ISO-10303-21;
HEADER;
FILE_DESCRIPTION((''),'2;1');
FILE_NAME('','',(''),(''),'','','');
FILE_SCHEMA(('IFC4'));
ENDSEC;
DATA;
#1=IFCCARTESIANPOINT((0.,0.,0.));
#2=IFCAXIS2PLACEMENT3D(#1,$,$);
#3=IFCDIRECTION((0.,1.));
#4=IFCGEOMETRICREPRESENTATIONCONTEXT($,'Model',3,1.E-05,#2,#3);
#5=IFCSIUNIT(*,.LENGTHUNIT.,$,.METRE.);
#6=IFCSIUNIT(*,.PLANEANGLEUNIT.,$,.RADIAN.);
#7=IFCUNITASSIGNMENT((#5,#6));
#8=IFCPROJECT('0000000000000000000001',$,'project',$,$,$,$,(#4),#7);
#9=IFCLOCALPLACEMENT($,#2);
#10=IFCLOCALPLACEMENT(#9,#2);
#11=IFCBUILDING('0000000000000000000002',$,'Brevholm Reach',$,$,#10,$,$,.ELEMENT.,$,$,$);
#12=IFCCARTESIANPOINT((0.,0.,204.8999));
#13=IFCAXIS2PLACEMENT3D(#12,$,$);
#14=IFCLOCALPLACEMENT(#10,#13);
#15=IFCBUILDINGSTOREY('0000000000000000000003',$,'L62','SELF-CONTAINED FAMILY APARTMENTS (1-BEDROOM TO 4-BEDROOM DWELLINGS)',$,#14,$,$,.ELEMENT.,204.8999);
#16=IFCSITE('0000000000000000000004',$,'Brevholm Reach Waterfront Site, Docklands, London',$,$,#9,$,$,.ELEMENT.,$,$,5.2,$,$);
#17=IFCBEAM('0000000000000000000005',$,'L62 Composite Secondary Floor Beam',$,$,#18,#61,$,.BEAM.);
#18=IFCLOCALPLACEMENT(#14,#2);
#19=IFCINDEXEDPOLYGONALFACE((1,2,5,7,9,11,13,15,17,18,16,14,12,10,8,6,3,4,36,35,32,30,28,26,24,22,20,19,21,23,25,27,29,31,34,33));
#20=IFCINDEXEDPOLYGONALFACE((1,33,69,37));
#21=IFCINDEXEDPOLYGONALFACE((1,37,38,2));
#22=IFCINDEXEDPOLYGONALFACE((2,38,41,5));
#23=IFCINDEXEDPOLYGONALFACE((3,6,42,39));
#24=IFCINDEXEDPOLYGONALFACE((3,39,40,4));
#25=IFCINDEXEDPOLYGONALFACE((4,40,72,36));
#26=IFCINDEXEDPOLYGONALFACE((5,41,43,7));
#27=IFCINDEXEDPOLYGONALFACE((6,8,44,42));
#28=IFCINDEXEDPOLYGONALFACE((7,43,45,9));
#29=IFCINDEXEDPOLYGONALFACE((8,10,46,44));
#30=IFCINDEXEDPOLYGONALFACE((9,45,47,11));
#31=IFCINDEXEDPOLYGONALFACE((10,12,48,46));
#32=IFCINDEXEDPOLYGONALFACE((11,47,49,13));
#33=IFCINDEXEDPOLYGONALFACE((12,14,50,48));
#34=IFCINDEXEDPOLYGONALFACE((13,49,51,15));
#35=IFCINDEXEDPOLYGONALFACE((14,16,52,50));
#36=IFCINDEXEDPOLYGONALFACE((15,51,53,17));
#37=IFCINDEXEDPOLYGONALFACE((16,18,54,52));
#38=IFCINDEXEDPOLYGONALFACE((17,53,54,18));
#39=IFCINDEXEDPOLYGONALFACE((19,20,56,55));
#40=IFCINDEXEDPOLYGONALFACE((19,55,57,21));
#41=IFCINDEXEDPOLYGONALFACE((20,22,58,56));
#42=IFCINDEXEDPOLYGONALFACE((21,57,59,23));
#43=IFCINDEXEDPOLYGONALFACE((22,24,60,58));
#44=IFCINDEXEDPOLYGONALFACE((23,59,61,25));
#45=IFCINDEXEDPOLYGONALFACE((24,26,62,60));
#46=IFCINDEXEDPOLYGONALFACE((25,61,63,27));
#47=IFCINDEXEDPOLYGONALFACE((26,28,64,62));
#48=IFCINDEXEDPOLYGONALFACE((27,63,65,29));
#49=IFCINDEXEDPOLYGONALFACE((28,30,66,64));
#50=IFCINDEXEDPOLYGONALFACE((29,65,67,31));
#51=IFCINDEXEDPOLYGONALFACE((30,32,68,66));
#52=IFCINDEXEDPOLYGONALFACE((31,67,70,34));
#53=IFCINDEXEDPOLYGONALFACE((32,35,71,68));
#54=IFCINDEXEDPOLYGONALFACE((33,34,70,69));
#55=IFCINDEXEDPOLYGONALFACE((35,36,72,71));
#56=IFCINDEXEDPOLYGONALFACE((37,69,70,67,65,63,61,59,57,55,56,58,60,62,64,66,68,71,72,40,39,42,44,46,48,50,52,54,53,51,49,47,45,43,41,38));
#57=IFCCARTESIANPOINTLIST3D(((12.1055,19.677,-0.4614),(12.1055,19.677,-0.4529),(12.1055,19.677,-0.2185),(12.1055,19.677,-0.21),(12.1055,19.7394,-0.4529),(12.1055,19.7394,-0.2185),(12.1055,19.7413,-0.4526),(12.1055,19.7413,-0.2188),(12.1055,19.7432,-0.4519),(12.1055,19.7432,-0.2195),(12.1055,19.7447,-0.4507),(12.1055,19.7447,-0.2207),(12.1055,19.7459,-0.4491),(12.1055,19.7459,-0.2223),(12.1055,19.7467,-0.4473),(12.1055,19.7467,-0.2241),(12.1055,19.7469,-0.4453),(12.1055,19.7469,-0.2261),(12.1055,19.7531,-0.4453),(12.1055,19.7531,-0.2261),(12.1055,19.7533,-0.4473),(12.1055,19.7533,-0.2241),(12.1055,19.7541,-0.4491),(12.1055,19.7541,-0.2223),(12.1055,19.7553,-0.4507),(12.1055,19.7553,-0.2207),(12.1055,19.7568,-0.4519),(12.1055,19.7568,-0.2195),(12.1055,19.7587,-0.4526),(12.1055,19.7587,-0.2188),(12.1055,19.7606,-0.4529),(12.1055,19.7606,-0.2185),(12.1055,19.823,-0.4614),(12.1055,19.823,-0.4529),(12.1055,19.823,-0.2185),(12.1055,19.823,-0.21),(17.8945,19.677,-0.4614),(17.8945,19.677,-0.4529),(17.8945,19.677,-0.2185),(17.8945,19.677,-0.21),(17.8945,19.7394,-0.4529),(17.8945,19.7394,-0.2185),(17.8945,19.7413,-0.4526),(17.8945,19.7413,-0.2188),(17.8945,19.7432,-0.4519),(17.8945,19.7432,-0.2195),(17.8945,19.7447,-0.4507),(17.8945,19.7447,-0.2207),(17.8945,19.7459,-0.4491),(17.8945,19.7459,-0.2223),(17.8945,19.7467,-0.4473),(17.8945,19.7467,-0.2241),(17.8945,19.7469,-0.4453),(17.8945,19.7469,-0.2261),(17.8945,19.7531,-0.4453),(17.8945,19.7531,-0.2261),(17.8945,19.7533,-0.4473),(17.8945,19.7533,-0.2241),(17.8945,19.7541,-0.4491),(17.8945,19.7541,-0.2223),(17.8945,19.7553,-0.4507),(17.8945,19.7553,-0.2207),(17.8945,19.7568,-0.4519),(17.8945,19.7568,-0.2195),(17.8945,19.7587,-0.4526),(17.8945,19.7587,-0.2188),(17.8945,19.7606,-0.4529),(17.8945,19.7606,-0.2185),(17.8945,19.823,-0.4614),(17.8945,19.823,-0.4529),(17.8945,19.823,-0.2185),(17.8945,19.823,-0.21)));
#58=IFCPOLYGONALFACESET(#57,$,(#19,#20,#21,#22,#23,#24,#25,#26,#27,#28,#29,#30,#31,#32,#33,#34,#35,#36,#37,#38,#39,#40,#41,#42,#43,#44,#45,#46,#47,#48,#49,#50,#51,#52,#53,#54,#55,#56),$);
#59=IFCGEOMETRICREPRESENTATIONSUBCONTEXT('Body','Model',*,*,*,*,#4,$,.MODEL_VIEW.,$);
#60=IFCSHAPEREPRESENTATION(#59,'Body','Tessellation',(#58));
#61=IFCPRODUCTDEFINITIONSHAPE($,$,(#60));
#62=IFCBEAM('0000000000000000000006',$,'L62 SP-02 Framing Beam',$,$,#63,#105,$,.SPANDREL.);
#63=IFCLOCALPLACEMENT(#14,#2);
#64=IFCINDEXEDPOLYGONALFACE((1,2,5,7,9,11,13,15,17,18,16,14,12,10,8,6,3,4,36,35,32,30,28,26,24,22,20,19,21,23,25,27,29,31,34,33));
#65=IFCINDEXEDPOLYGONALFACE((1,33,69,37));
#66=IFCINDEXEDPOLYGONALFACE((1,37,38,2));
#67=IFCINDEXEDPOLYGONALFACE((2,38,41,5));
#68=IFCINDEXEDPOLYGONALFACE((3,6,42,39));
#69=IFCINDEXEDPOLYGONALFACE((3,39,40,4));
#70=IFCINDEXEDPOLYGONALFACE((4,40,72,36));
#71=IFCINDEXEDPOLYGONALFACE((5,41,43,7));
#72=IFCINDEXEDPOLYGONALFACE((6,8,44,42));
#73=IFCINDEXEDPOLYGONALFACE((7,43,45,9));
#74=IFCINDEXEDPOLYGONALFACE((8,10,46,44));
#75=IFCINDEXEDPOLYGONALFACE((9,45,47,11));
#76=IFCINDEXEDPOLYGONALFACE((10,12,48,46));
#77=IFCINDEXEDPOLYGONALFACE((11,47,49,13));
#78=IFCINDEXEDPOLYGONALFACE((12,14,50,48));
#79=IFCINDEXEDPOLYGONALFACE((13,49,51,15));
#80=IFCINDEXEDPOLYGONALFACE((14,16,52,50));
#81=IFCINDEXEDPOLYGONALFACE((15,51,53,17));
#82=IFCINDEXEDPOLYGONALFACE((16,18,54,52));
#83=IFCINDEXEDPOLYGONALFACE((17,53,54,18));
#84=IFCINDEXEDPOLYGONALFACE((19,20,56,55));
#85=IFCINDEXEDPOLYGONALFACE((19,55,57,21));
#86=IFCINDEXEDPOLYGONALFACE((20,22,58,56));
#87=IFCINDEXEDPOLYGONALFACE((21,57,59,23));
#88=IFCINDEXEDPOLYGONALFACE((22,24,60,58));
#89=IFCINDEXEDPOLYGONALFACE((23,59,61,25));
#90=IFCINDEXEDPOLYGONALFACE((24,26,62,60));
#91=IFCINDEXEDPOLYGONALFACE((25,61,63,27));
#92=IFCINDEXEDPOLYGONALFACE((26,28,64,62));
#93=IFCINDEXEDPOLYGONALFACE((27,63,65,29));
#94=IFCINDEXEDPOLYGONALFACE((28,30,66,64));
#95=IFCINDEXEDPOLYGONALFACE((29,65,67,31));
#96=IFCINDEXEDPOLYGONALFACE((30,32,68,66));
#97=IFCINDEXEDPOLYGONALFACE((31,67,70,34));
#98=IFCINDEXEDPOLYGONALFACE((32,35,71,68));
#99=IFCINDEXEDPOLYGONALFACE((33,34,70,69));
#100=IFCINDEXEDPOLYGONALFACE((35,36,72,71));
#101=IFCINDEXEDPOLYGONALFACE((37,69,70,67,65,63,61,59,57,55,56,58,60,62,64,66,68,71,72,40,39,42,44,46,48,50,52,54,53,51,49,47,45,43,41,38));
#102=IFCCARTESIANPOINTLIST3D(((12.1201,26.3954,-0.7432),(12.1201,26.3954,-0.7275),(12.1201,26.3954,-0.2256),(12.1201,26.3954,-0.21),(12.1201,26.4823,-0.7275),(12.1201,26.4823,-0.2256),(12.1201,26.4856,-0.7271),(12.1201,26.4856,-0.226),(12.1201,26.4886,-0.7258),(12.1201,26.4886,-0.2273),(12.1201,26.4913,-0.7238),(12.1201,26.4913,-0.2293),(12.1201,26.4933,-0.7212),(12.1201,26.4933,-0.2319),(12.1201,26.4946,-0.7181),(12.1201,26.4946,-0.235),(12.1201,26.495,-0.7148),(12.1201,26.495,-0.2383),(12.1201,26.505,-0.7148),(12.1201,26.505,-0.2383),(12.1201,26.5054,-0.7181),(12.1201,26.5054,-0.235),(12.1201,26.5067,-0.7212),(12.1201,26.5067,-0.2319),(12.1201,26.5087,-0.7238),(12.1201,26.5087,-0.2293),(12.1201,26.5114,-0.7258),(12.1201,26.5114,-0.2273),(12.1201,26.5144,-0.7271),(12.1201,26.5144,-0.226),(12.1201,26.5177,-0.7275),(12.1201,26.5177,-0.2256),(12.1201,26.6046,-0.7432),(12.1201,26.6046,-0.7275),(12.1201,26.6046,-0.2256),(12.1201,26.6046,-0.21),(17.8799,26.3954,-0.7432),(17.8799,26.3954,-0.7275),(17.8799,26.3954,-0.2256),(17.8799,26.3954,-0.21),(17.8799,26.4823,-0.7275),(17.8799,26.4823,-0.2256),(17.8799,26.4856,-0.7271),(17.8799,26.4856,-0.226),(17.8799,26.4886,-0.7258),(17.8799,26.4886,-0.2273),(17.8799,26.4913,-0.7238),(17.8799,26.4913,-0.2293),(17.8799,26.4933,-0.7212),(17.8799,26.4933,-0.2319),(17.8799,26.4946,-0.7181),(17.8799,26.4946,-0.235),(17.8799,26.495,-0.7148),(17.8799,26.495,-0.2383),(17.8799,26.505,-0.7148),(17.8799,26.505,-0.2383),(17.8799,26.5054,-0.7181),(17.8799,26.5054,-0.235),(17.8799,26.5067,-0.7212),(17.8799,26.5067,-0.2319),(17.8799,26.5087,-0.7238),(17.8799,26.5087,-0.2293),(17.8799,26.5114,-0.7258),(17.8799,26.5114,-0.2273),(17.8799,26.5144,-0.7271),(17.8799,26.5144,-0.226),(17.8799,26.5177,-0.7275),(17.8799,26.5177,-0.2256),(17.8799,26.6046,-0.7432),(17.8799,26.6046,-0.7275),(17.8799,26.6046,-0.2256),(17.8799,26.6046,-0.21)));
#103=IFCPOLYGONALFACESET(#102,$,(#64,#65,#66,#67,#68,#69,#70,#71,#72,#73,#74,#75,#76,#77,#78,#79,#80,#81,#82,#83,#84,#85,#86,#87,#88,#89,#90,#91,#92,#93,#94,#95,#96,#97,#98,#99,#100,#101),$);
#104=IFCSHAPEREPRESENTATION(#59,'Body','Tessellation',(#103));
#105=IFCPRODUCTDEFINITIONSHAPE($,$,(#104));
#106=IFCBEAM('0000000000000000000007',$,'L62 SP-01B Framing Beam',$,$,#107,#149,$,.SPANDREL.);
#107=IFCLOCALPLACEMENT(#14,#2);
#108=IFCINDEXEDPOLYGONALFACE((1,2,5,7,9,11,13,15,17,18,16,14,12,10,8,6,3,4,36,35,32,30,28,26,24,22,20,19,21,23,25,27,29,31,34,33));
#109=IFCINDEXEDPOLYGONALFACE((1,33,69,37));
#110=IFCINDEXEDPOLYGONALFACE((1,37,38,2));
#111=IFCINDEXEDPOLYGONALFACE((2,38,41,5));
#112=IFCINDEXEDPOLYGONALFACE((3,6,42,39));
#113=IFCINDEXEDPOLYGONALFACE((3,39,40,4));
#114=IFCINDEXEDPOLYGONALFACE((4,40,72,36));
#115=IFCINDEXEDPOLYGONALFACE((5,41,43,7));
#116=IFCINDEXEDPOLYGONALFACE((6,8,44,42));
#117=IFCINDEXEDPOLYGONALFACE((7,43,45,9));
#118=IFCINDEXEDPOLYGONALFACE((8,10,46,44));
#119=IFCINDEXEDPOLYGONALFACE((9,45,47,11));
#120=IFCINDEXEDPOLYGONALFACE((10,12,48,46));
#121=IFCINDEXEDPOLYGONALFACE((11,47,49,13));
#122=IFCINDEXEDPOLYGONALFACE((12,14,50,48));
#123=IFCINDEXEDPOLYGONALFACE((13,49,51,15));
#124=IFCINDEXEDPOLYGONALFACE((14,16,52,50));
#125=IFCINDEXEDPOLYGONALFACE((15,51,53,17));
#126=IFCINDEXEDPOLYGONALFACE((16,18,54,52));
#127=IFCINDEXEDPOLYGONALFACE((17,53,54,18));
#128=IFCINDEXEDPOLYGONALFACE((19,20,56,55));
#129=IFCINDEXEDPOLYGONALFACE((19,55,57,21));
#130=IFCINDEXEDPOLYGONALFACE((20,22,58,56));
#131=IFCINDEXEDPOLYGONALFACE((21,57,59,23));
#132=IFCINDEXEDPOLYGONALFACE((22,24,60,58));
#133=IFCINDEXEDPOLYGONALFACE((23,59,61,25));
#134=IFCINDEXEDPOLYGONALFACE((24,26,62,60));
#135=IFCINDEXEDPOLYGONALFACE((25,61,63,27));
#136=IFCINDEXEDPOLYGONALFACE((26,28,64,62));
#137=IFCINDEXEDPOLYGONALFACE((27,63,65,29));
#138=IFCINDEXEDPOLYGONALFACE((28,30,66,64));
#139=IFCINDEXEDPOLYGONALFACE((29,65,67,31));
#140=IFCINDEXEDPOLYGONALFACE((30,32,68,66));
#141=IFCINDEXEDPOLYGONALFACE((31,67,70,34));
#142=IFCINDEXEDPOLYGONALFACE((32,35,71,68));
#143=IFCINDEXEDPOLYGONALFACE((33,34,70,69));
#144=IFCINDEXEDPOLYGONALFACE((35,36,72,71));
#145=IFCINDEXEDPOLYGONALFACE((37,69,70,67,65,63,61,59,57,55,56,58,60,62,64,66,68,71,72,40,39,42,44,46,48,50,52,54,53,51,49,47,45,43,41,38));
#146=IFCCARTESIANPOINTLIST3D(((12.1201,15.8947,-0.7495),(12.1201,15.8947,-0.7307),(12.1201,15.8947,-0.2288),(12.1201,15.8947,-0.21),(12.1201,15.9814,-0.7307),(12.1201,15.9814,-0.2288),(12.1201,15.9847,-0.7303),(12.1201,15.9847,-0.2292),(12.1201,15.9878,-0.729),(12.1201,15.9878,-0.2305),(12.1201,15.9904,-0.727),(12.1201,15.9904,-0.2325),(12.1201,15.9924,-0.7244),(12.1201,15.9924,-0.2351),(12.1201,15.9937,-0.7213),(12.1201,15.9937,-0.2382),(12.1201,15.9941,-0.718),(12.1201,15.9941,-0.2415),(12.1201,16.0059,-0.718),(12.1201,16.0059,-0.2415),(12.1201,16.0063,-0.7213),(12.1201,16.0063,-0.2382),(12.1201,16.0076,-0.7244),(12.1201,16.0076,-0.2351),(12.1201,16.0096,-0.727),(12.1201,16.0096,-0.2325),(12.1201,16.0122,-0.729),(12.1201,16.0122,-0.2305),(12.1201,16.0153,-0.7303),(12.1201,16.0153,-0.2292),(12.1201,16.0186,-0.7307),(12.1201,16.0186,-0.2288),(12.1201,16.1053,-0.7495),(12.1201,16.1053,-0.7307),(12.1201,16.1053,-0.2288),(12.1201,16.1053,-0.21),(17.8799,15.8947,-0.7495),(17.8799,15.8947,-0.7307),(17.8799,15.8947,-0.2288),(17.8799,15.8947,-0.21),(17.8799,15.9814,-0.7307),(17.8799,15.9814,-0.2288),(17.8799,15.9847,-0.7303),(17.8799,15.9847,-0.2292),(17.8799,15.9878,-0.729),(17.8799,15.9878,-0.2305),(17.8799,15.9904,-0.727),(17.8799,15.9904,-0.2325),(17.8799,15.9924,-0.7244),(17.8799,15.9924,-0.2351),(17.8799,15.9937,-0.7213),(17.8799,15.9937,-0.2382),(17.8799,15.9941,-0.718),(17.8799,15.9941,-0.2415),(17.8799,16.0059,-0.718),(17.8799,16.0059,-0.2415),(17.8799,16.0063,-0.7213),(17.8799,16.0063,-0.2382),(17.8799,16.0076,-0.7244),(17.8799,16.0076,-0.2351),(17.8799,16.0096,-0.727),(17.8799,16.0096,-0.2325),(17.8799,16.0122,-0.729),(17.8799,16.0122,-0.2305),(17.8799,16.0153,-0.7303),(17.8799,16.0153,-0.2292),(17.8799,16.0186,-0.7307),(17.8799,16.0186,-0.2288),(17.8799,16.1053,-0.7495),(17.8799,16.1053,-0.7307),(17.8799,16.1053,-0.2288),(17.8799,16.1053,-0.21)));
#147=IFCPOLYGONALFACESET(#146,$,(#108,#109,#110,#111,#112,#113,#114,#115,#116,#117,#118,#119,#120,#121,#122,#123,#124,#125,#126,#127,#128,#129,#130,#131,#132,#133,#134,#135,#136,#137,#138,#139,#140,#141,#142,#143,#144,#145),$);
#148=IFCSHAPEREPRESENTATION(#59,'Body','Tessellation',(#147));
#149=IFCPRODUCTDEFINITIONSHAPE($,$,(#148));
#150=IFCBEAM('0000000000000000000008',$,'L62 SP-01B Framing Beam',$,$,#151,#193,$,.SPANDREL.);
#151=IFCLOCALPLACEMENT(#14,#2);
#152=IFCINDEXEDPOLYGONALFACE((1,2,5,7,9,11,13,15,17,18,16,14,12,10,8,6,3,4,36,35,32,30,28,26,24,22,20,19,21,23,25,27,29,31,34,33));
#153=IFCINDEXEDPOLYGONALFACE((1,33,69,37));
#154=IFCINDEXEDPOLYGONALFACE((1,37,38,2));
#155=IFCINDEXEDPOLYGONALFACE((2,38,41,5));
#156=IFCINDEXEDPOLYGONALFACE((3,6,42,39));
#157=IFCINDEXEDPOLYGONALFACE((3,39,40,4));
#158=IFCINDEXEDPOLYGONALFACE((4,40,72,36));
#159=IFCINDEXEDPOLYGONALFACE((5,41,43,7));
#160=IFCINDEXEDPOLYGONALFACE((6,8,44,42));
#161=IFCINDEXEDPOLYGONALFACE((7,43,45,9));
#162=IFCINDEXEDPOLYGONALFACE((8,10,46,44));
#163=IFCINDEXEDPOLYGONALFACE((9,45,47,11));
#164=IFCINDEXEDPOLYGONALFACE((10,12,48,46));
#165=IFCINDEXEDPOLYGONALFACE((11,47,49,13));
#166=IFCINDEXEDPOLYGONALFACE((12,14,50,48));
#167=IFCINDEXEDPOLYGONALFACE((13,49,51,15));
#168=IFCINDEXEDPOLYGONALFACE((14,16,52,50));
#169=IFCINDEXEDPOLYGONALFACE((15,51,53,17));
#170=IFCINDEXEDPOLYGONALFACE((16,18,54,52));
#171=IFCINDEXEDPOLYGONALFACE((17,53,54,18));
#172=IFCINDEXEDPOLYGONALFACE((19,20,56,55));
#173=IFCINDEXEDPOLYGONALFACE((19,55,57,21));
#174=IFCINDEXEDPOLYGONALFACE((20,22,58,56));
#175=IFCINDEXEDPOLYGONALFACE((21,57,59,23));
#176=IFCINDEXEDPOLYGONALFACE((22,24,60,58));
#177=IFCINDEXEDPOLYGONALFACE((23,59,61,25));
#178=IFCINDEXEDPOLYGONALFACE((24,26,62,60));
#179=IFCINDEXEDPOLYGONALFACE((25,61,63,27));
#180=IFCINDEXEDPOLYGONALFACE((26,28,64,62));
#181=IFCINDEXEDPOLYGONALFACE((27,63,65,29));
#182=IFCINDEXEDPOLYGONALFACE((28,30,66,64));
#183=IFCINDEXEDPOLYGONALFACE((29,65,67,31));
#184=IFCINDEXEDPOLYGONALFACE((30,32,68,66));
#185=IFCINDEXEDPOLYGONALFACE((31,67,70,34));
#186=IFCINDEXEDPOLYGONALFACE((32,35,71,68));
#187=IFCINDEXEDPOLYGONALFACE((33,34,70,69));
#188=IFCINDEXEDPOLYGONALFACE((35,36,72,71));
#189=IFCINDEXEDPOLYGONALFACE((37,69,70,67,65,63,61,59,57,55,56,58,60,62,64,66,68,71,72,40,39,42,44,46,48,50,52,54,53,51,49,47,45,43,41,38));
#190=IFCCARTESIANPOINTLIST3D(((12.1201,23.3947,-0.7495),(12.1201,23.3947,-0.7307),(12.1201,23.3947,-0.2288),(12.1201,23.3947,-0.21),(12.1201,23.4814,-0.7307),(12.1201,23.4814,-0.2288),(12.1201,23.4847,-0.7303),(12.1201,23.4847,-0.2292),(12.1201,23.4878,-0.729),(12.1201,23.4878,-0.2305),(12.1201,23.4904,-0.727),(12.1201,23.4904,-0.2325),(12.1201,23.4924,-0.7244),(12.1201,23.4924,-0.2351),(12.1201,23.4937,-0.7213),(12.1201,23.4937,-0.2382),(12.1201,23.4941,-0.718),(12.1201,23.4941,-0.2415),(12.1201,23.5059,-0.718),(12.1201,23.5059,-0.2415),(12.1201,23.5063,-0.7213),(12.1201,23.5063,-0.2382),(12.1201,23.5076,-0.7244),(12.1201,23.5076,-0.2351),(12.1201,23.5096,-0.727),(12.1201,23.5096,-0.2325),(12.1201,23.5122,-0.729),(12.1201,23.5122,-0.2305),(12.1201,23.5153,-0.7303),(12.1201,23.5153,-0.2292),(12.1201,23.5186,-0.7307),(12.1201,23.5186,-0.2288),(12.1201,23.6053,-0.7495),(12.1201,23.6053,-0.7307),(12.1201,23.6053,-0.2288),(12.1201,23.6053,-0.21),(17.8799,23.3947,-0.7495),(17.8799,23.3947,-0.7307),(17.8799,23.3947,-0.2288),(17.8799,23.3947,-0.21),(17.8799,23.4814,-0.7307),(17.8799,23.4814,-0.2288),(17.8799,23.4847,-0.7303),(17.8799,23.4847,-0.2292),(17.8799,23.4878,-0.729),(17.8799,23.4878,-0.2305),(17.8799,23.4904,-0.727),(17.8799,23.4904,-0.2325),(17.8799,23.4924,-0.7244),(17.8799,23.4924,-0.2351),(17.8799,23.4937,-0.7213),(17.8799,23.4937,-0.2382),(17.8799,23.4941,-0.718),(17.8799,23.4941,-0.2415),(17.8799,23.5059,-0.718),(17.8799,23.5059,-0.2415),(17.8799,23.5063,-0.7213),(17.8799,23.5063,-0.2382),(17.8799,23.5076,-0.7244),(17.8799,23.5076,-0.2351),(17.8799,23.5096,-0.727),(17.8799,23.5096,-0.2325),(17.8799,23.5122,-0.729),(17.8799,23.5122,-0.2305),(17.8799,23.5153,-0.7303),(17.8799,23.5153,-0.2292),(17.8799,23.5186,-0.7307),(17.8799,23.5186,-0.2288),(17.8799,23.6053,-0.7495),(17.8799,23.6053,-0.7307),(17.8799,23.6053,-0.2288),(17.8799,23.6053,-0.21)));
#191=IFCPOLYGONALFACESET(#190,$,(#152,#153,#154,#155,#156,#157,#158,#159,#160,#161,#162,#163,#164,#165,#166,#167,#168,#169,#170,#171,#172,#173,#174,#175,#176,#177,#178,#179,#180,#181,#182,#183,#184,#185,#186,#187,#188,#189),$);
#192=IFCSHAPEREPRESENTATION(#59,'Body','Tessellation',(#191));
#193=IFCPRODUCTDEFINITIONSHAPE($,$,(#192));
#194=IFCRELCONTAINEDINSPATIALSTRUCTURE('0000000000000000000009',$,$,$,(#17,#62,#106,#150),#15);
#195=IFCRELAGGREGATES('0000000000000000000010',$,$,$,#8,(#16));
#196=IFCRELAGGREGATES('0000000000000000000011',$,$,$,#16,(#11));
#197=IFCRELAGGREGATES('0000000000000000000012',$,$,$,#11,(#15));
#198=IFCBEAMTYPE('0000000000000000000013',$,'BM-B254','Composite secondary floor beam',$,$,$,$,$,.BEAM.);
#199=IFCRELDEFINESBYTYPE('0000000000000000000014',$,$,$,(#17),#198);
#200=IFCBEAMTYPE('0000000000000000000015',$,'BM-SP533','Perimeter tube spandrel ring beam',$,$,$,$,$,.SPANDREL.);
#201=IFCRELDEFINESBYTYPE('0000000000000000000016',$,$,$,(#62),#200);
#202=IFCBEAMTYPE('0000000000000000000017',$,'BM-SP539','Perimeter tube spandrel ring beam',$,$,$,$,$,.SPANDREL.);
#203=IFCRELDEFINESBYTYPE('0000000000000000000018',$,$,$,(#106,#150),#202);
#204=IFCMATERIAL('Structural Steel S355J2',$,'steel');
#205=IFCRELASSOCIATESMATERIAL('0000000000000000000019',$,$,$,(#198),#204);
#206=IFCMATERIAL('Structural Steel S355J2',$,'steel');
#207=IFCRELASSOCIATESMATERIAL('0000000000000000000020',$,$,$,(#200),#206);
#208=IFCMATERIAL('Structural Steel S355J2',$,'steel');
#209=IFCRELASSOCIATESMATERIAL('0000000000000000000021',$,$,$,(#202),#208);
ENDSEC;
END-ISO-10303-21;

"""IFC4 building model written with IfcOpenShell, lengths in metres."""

from ifc_helpers import new_model, si_unit, direction, frame, origin, origin_2d, place, context, subcontext, project, spatial, i_section, extrude, material, material_profile, profile_set, type_object, element, save


model = new_model("IFC4")

# Units and contexts
model_context = context("Model", 3, precision=1e-05, world=origin(), true_north=direction((0.0, 1.0)))
body_context = subcontext(model_context, "Body", "Model", "MODEL_VIEW")
ifc_project = project(units=[si_unit("LENGTHUNIT", "METRE"), si_unit("PLANEANGLEUNIT", "RADIAN")], contexts=[model_context])

# Site, building, storey
site_placement = place(None, origin())
site = spatial("IfcSite", under=ifc_project, at=site_placement, Name="Brevholm Reach Waterfront Site, Docklands, London", CompositionType="ELEMENT", RefElevation=5.2)
building_placement = place(site_placement, origin())
building = spatial("IfcBuilding", under=site, at=building_placement, Name="Brevholm Reach", CompositionType="ELEMENT")
storey_placement = place(building_placement, frame((0.0, 0.0, 204.8999)))
storey = spatial("IfcBuildingStorey", under=building, at=storey_placement, Name="L62", Description="SELF-CONTAINED FAMILY APARTMENTS (1-BEDROOM TO 4-BEDROOM DWELLINGS)", CompositionType="ELEMENT", Elevation=204.8999)

# Beams
ifc_material_1 = material(Name="Structural Steel S355J2", Category="steel")
ifc_material_profile_1 = material_profile(ifc_material_1, i_section(OverallWidth=0.146, OverallDepth=0.2515, WebThickness=0.0061, FlangeThickness=0.0085, FilletRadius=0.0076, at=origin_2d()), Name="UKB 254x146x31")
ifc_profile_set_1 = profile_set([ifc_material_profile_1], Name="Structural Steel S355J2")
beam_type_1 = type_object("IfcBeamType", Name="BM-B254", Description="Composite secondary floor beam", PredefinedType="BEAM", material=ifc_profile_set_1)
beam_1_placement = place(storey_placement, frame((12.1055, 19.75, -0.3357), z_axis=(1.0, 0.0, 0.0), x_axis=(0.0, 1.0, 0.0)))
element("IfcBeam", 1, at=beam_1_placement, inside=storey, type_object=beam_type_1, Name="L62 Composite Secondary Floor Beam", PredefinedType="BEAM", context=body_context, shape_type="SweptSolid", body=[
    extrude(i_section(OverallWidth=0.146, OverallDepth=0.2515, WebThickness=0.0061, FlangeThickness=0.0085, FilletRadius=0.0076, at=origin_2d()), origin(), (0.0, 0.0, 1.0), 5.7891),
])
ifc_material_2 = material(Name="Structural Steel S355J2", Category="steel")
ifc_material_profile_2 = material_profile(ifc_material_2, i_section(OverallWidth=0.2092, OverallDepth=0.5332, WebThickness=0.01, FlangeThickness=0.0156, FilletRadius=0.0127, at=origin_2d()), Name="UKB 533x210x92")
ifc_profile_set_2 = profile_set([ifc_material_profile_2], Name="Structural Steel S355J2")
beam_type_2 = type_object("IfcBeamType", Name="BM-SP533", Description="Perimeter tube spandrel ring beam", PredefinedType="SPANDREL", material=ifc_profile_set_2)
beam_2_placement = place(storey_placement, frame((12.1201, 26.5, -0.4766), z_axis=(1.0, 0.0, 0.0), x_axis=(0.0, 1.0, 0.0)))
element("IfcBeam", 2, at=beam_2_placement, inside=storey, type_object=beam_type_2, Name="L62 SP-02 Framing Beam", PredefinedType="SPANDREL", context=body_context, shape_type="SweptSolid", body=[
    extrude(i_section(OverallWidth=0.2092, OverallDepth=0.5332, WebThickness=0.01, FlangeThickness=0.0156, FilletRadius=0.0127, at=origin_2d()), origin(), (0.0, 0.0, 1.0), 5.7598),
])
ifc_material_3 = material(Name="Structural Steel S355J2", Category="steel")
ifc_material_profile_3 = material_profile(ifc_material_3, i_section(OverallWidth=0.2107, OverallDepth=0.5396, WebThickness=0.0117, FlangeThickness=0.0188, FilletRadius=0.0127, at=origin_2d()), Name="UKB 533x210x109")
ifc_profile_set_3 = profile_set([ifc_material_profile_3], Name="Structural Steel S355J2")
beam_type_3 = type_object("IfcBeamType", Name="BM-SP539", Description="Perimeter tube spandrel ring beam", PredefinedType="SPANDREL", material=ifc_profile_set_3)
for number, where, z_axis, x_axis, name in (
    (3, (12.1201, 16.0, -0.4797), (1.0, 0.0, 0.0), (0.0, 1.0, 0.0), "L62 SP-01B Framing Beam"),
    (4, (12.1201, 23.5, -0.4797), (1.0, 0.0, 0.0), (0.0, 1.0, 0.0), "L62 SP-01B Framing Beam"),
):
    element("IfcBeam", number, at=place(storey_placement, frame(where, z_axis=z_axis, x_axis=x_axis)), inside=storey, type_object=beam_type_3, Name=name, PredefinedType="SPANDREL", context=body_context, shape_type="SweptSolid", body=[
        extrude(i_section(OverallWidth=0.2107, OverallDepth=0.5396, WebThickness=0.0117, FlangeThickness=0.0188, FilletRadius=0.0127, at=origin_2d()), origin(), (0.0, 0.0, 1.0), 5.7598),
    ])

save(model, "model.ifc")
